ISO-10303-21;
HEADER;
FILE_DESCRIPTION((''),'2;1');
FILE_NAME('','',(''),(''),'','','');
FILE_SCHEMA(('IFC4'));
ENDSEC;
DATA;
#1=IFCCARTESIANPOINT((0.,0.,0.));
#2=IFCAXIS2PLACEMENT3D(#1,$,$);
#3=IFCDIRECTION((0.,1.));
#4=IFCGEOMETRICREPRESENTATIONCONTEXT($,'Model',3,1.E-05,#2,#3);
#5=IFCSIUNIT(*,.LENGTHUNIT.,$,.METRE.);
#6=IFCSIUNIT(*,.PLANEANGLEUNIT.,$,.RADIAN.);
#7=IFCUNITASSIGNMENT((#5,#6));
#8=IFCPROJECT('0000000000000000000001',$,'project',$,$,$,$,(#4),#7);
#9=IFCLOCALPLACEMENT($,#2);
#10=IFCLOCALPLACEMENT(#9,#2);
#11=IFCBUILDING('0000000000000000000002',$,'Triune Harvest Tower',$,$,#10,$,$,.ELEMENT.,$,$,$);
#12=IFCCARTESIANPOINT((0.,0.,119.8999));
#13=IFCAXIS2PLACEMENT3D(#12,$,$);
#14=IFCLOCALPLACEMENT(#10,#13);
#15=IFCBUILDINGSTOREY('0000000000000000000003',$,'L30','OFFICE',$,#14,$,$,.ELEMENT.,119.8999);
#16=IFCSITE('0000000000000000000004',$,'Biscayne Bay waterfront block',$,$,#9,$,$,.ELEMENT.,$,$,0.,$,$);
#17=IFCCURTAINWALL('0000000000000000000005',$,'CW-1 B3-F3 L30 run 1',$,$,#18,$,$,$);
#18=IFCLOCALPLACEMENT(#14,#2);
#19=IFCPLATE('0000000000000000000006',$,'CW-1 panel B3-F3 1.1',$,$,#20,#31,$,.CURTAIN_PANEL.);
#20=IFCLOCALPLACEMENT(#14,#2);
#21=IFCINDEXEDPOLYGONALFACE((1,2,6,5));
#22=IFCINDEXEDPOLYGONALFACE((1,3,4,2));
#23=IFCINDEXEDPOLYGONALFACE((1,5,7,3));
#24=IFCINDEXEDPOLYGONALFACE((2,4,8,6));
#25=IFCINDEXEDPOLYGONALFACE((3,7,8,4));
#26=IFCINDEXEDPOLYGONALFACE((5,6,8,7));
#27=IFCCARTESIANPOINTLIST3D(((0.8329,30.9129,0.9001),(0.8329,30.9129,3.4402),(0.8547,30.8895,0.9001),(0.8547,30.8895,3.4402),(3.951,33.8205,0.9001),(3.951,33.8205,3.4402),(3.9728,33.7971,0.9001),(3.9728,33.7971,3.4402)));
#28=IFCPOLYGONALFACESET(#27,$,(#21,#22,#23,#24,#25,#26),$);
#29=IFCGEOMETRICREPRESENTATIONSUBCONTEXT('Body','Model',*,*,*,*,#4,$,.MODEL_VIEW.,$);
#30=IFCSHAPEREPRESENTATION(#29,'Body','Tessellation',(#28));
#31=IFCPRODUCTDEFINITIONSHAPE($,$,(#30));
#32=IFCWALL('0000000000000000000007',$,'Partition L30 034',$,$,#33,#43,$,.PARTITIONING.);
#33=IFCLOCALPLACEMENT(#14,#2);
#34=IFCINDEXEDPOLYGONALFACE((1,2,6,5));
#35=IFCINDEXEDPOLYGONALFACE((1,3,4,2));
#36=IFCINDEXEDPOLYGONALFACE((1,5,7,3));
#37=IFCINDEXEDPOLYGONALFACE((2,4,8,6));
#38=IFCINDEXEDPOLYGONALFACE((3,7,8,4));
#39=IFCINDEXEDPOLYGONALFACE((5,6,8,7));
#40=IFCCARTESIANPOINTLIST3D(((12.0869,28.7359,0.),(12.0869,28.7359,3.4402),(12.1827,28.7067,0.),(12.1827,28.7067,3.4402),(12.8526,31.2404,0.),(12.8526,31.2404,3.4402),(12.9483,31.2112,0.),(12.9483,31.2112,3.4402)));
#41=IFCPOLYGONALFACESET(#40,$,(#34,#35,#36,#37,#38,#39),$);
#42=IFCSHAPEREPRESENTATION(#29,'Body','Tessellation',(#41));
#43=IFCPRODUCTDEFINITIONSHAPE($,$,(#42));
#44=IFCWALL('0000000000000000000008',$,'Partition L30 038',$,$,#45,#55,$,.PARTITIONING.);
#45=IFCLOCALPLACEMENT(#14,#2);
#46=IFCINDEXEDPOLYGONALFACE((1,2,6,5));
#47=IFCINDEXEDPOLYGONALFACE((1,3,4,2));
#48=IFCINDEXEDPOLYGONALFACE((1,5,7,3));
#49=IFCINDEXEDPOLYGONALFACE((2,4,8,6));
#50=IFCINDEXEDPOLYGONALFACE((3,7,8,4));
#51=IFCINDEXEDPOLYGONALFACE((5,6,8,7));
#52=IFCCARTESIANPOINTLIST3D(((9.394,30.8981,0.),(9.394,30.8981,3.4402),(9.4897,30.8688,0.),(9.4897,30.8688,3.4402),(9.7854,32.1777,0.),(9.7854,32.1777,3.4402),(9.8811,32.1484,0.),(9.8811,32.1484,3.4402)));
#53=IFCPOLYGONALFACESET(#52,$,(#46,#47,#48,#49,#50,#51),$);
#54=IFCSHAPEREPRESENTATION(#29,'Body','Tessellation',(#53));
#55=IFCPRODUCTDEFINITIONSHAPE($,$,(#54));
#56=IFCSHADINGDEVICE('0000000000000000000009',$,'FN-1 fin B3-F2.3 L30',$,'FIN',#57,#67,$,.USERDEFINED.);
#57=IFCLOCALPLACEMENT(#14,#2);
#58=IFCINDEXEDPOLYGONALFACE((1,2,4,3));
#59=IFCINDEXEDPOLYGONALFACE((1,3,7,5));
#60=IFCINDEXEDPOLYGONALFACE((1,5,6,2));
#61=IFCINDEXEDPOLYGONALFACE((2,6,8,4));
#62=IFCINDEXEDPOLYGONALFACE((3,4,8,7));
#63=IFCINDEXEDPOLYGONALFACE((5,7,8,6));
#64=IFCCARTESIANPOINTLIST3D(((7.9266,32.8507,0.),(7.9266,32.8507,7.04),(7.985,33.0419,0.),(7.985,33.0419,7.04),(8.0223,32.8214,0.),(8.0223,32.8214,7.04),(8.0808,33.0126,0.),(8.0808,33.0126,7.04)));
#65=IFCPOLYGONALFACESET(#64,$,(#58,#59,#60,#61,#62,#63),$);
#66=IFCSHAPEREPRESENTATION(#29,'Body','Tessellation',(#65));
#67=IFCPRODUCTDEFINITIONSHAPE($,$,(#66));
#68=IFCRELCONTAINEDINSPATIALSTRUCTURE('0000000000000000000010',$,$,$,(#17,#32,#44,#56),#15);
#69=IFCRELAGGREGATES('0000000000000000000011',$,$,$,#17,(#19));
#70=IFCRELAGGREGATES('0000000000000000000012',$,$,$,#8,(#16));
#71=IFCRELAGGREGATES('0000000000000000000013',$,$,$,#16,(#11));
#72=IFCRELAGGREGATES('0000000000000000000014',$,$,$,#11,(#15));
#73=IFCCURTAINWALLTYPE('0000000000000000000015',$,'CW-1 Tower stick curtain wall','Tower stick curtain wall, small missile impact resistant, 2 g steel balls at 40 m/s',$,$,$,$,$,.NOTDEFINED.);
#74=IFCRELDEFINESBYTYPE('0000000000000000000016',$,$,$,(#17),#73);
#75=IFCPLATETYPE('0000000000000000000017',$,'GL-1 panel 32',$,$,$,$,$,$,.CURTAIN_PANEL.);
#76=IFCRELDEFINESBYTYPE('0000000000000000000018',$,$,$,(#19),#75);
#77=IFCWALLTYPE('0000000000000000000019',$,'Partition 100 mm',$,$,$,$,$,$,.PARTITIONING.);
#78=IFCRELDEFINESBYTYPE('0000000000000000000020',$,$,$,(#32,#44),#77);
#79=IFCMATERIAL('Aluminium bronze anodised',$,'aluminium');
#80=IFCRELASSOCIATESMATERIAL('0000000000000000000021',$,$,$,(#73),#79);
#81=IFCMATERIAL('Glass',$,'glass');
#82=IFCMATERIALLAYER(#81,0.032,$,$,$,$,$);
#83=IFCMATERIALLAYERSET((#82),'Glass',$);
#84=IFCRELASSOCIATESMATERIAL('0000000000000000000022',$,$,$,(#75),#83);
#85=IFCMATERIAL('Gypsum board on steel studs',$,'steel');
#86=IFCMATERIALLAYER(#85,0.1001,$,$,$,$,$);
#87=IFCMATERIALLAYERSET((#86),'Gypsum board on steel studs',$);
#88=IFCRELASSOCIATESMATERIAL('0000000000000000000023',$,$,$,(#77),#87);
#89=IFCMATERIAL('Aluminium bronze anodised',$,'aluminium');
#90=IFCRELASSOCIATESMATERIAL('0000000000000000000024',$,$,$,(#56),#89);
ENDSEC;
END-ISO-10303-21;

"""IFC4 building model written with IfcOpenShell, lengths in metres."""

from ifc_helpers import new_model, si_unit, direction, frame, frame_2d, origin, origin_2d, place, context, subcontext, project, spatial, rectangle, extrude, source, transform, mapped, material, layer, layer_set, type_object, element, aggregate, save


model = new_model("IFC4")

# Units and contexts
model_context = context("Model", 3, precision=1e-05, world=origin(), true_north=direction((0.0, 1.0)))
body_context = subcontext(model_context, "Body", "Model", "MODEL_VIEW")
ifc_project = project(units=[si_unit("LENGTHUNIT", "METRE"), si_unit("PLANEANGLEUNIT", "RADIAN")], contexts=[model_context])

# Site, building, storey
site_placement = place(None, origin())
site = spatial("IfcSite", under=ifc_project, at=site_placement, Name="Biscayne Bay waterfront block", CompositionType="ELEMENT", RefElevation=0.0)
building_placement = place(site_placement, origin())
building = spatial("IfcBuilding", under=site, at=building_placement, Name="Triune Harvest Tower", CompositionType="ELEMENT")
storey_placement = place(building_placement, frame((0.0, 0.0, 119.8999)))
storey = spatial("IfcBuildingStorey", under=building, at=storey_placement, Name="L30", Description="OFFICE", CompositionType="ELEMENT", Elevation=119.8999)

# Shared definitions
ifc_material_1 = material(Name="Aluminium bronze anodised", Category="aluminium")
curtain_wall_type_1 = type_object("IfcCurtainWallType", Name="CW-1 Tower stick curtain wall", Description="Tower stick curtain wall, small missile impact resistant, 2 g steel balls at 40 m/s", PredefinedType="NOTDEFINED", material=ifc_material_1)

# Curtain wall
curtain_wall_1_placement = place(storey_placement, origin())
curtain_wall_1 = element("IfcCurtainWall", 1, at=curtain_wall_1_placement, inside=storey, type_object=curtain_wall_type_1, Name="CW-1 B3-F3 L30 run 1")

# Plate
ifc_material_2 = material(Name="Glass", Category="glass")
ifc_layer_1 = layer(ifc_material_2, 0.032)
ifc_layer_set_1 = layer_set([ifc_layer_1], Name="Glass")
plate_type = type_object("IfcPlateType", Name="GL-1 panel 32", PredefinedType="CURTAIN_PANEL", material=ifc_layer_set_1)
shared_shape_1 = source(origin(), body_context, "Body", "SweptSolid", [
    extrude(rectangle(XDim=4.2634, YDim=0.032, at=origin_2d()), origin(), (0.0, 0.0, 1.0), 2.54),
])
plate_1_placement = place(storey_placement, frame((2.4028, 32.355, 0.9001), z_axis=(0.0, 0.0, 1.0), x_axis=(-0.731354, -0.681998, 0.0)))
plate_1 = element("IfcPlate", 2, at=plate_1_placement, type_object=plate_type, Name="CW-1 panel B3-F3 1.1", PredefinedType="CURTAIN_PANEL", context=body_context, shape_type="MappedRepresentation", body=[
    mapped(shared_shape_1, transform((0.0, 0.0, 0.0), scale=1.0)),
])
aggregate(curtain_wall_1, [plate_1])

# Walls
ifc_material_3 = material(Name="Gypsum board on steel studs", Category="steel")
ifc_layer_2 = layer(ifc_material_3, 0.1001)
ifc_layer_set_2 = layer_set([ifc_layer_2], Name="Gypsum board on steel studs")
wall_type = type_object("IfcWallType", Name="Partition 100 mm", PredefinedType="PARTITIONING", material=ifc_layer_set_2)
wall_1_placement = place(storey_placement, frame((12.1348, 28.7212, 0.0), z_axis=(0.0, 0.0, 1.0), x_axis=(0.292356, 0.95631, 0.0)))
element("IfcWall", 3, at=wall_1_placement, inside=storey, type_object=wall_type, Name="Partition L30 034", PredefinedType="PARTITIONING", context=body_context, shape_type="SweptSolid", body=[
    extrude(rectangle(XDim=2.6189, YDim=0.1001, at=frame_2d((1.3096, 0.0))), origin(), (0.0, 0.0, 1.0), 3.4402),
])
shared_shape_2 = source(origin(), body_context, "Body", "SweptSolid", [
    extrude(rectangle(XDim=1.3381, YDim=0.1001, at=frame_2d((0.6689, 0.0))), origin(), (0.0, 0.0, 1.0), 3.4402),
])
wall_2_placement = place(storey_placement, frame((9.4419, 30.8835, 0.0), z_axis=(0.0, 0.0, 1.0), x_axis=(0.292483, 0.956271, 0.0)))
element("IfcWall", 4, at=wall_2_placement, inside=storey, type_object=wall_type, Name="Partition L30 038", PredefinedType="PARTITIONING", context=body_context, shape_type="MappedRepresentation", body=[
    mapped(shared_shape_2, transform((0.0, 0.0, 0.0), scale=1.0)),
])

# Shading device
ifc_material_4 = material(Name="Aluminium bronze anodised", Category="aluminium")
shared_shape_3 = source(origin(), body_context, "Body", "SweptSolid", [
    extrude(rectangle(XDim=0.1001, YDim=0.2, at=origin_2d()), origin(), (0.0, 0.0, 1.0), 7.04),
])
shading_device_placement = place(storey_placement, frame((8.0037, 32.9316, 0.0), z_axis=(0.0, 0.0, 1.0), x_axis=(-0.956303, 0.292377, 0.0)))
element("IfcShadingDevice", 5, at=shading_device_placement, inside=storey, material=ifc_material_4, Name="FN-1 fin B3-F2.3 L30", ObjectType="FIN", PredefinedType="USERDEFINED", context=body_context, shape_type="MappedRepresentation", body=[
    mapped(shared_shape_3, transform((0.0, 0.0, 0.0), scale=1.0)),
])

save(model, "model.ifc")
